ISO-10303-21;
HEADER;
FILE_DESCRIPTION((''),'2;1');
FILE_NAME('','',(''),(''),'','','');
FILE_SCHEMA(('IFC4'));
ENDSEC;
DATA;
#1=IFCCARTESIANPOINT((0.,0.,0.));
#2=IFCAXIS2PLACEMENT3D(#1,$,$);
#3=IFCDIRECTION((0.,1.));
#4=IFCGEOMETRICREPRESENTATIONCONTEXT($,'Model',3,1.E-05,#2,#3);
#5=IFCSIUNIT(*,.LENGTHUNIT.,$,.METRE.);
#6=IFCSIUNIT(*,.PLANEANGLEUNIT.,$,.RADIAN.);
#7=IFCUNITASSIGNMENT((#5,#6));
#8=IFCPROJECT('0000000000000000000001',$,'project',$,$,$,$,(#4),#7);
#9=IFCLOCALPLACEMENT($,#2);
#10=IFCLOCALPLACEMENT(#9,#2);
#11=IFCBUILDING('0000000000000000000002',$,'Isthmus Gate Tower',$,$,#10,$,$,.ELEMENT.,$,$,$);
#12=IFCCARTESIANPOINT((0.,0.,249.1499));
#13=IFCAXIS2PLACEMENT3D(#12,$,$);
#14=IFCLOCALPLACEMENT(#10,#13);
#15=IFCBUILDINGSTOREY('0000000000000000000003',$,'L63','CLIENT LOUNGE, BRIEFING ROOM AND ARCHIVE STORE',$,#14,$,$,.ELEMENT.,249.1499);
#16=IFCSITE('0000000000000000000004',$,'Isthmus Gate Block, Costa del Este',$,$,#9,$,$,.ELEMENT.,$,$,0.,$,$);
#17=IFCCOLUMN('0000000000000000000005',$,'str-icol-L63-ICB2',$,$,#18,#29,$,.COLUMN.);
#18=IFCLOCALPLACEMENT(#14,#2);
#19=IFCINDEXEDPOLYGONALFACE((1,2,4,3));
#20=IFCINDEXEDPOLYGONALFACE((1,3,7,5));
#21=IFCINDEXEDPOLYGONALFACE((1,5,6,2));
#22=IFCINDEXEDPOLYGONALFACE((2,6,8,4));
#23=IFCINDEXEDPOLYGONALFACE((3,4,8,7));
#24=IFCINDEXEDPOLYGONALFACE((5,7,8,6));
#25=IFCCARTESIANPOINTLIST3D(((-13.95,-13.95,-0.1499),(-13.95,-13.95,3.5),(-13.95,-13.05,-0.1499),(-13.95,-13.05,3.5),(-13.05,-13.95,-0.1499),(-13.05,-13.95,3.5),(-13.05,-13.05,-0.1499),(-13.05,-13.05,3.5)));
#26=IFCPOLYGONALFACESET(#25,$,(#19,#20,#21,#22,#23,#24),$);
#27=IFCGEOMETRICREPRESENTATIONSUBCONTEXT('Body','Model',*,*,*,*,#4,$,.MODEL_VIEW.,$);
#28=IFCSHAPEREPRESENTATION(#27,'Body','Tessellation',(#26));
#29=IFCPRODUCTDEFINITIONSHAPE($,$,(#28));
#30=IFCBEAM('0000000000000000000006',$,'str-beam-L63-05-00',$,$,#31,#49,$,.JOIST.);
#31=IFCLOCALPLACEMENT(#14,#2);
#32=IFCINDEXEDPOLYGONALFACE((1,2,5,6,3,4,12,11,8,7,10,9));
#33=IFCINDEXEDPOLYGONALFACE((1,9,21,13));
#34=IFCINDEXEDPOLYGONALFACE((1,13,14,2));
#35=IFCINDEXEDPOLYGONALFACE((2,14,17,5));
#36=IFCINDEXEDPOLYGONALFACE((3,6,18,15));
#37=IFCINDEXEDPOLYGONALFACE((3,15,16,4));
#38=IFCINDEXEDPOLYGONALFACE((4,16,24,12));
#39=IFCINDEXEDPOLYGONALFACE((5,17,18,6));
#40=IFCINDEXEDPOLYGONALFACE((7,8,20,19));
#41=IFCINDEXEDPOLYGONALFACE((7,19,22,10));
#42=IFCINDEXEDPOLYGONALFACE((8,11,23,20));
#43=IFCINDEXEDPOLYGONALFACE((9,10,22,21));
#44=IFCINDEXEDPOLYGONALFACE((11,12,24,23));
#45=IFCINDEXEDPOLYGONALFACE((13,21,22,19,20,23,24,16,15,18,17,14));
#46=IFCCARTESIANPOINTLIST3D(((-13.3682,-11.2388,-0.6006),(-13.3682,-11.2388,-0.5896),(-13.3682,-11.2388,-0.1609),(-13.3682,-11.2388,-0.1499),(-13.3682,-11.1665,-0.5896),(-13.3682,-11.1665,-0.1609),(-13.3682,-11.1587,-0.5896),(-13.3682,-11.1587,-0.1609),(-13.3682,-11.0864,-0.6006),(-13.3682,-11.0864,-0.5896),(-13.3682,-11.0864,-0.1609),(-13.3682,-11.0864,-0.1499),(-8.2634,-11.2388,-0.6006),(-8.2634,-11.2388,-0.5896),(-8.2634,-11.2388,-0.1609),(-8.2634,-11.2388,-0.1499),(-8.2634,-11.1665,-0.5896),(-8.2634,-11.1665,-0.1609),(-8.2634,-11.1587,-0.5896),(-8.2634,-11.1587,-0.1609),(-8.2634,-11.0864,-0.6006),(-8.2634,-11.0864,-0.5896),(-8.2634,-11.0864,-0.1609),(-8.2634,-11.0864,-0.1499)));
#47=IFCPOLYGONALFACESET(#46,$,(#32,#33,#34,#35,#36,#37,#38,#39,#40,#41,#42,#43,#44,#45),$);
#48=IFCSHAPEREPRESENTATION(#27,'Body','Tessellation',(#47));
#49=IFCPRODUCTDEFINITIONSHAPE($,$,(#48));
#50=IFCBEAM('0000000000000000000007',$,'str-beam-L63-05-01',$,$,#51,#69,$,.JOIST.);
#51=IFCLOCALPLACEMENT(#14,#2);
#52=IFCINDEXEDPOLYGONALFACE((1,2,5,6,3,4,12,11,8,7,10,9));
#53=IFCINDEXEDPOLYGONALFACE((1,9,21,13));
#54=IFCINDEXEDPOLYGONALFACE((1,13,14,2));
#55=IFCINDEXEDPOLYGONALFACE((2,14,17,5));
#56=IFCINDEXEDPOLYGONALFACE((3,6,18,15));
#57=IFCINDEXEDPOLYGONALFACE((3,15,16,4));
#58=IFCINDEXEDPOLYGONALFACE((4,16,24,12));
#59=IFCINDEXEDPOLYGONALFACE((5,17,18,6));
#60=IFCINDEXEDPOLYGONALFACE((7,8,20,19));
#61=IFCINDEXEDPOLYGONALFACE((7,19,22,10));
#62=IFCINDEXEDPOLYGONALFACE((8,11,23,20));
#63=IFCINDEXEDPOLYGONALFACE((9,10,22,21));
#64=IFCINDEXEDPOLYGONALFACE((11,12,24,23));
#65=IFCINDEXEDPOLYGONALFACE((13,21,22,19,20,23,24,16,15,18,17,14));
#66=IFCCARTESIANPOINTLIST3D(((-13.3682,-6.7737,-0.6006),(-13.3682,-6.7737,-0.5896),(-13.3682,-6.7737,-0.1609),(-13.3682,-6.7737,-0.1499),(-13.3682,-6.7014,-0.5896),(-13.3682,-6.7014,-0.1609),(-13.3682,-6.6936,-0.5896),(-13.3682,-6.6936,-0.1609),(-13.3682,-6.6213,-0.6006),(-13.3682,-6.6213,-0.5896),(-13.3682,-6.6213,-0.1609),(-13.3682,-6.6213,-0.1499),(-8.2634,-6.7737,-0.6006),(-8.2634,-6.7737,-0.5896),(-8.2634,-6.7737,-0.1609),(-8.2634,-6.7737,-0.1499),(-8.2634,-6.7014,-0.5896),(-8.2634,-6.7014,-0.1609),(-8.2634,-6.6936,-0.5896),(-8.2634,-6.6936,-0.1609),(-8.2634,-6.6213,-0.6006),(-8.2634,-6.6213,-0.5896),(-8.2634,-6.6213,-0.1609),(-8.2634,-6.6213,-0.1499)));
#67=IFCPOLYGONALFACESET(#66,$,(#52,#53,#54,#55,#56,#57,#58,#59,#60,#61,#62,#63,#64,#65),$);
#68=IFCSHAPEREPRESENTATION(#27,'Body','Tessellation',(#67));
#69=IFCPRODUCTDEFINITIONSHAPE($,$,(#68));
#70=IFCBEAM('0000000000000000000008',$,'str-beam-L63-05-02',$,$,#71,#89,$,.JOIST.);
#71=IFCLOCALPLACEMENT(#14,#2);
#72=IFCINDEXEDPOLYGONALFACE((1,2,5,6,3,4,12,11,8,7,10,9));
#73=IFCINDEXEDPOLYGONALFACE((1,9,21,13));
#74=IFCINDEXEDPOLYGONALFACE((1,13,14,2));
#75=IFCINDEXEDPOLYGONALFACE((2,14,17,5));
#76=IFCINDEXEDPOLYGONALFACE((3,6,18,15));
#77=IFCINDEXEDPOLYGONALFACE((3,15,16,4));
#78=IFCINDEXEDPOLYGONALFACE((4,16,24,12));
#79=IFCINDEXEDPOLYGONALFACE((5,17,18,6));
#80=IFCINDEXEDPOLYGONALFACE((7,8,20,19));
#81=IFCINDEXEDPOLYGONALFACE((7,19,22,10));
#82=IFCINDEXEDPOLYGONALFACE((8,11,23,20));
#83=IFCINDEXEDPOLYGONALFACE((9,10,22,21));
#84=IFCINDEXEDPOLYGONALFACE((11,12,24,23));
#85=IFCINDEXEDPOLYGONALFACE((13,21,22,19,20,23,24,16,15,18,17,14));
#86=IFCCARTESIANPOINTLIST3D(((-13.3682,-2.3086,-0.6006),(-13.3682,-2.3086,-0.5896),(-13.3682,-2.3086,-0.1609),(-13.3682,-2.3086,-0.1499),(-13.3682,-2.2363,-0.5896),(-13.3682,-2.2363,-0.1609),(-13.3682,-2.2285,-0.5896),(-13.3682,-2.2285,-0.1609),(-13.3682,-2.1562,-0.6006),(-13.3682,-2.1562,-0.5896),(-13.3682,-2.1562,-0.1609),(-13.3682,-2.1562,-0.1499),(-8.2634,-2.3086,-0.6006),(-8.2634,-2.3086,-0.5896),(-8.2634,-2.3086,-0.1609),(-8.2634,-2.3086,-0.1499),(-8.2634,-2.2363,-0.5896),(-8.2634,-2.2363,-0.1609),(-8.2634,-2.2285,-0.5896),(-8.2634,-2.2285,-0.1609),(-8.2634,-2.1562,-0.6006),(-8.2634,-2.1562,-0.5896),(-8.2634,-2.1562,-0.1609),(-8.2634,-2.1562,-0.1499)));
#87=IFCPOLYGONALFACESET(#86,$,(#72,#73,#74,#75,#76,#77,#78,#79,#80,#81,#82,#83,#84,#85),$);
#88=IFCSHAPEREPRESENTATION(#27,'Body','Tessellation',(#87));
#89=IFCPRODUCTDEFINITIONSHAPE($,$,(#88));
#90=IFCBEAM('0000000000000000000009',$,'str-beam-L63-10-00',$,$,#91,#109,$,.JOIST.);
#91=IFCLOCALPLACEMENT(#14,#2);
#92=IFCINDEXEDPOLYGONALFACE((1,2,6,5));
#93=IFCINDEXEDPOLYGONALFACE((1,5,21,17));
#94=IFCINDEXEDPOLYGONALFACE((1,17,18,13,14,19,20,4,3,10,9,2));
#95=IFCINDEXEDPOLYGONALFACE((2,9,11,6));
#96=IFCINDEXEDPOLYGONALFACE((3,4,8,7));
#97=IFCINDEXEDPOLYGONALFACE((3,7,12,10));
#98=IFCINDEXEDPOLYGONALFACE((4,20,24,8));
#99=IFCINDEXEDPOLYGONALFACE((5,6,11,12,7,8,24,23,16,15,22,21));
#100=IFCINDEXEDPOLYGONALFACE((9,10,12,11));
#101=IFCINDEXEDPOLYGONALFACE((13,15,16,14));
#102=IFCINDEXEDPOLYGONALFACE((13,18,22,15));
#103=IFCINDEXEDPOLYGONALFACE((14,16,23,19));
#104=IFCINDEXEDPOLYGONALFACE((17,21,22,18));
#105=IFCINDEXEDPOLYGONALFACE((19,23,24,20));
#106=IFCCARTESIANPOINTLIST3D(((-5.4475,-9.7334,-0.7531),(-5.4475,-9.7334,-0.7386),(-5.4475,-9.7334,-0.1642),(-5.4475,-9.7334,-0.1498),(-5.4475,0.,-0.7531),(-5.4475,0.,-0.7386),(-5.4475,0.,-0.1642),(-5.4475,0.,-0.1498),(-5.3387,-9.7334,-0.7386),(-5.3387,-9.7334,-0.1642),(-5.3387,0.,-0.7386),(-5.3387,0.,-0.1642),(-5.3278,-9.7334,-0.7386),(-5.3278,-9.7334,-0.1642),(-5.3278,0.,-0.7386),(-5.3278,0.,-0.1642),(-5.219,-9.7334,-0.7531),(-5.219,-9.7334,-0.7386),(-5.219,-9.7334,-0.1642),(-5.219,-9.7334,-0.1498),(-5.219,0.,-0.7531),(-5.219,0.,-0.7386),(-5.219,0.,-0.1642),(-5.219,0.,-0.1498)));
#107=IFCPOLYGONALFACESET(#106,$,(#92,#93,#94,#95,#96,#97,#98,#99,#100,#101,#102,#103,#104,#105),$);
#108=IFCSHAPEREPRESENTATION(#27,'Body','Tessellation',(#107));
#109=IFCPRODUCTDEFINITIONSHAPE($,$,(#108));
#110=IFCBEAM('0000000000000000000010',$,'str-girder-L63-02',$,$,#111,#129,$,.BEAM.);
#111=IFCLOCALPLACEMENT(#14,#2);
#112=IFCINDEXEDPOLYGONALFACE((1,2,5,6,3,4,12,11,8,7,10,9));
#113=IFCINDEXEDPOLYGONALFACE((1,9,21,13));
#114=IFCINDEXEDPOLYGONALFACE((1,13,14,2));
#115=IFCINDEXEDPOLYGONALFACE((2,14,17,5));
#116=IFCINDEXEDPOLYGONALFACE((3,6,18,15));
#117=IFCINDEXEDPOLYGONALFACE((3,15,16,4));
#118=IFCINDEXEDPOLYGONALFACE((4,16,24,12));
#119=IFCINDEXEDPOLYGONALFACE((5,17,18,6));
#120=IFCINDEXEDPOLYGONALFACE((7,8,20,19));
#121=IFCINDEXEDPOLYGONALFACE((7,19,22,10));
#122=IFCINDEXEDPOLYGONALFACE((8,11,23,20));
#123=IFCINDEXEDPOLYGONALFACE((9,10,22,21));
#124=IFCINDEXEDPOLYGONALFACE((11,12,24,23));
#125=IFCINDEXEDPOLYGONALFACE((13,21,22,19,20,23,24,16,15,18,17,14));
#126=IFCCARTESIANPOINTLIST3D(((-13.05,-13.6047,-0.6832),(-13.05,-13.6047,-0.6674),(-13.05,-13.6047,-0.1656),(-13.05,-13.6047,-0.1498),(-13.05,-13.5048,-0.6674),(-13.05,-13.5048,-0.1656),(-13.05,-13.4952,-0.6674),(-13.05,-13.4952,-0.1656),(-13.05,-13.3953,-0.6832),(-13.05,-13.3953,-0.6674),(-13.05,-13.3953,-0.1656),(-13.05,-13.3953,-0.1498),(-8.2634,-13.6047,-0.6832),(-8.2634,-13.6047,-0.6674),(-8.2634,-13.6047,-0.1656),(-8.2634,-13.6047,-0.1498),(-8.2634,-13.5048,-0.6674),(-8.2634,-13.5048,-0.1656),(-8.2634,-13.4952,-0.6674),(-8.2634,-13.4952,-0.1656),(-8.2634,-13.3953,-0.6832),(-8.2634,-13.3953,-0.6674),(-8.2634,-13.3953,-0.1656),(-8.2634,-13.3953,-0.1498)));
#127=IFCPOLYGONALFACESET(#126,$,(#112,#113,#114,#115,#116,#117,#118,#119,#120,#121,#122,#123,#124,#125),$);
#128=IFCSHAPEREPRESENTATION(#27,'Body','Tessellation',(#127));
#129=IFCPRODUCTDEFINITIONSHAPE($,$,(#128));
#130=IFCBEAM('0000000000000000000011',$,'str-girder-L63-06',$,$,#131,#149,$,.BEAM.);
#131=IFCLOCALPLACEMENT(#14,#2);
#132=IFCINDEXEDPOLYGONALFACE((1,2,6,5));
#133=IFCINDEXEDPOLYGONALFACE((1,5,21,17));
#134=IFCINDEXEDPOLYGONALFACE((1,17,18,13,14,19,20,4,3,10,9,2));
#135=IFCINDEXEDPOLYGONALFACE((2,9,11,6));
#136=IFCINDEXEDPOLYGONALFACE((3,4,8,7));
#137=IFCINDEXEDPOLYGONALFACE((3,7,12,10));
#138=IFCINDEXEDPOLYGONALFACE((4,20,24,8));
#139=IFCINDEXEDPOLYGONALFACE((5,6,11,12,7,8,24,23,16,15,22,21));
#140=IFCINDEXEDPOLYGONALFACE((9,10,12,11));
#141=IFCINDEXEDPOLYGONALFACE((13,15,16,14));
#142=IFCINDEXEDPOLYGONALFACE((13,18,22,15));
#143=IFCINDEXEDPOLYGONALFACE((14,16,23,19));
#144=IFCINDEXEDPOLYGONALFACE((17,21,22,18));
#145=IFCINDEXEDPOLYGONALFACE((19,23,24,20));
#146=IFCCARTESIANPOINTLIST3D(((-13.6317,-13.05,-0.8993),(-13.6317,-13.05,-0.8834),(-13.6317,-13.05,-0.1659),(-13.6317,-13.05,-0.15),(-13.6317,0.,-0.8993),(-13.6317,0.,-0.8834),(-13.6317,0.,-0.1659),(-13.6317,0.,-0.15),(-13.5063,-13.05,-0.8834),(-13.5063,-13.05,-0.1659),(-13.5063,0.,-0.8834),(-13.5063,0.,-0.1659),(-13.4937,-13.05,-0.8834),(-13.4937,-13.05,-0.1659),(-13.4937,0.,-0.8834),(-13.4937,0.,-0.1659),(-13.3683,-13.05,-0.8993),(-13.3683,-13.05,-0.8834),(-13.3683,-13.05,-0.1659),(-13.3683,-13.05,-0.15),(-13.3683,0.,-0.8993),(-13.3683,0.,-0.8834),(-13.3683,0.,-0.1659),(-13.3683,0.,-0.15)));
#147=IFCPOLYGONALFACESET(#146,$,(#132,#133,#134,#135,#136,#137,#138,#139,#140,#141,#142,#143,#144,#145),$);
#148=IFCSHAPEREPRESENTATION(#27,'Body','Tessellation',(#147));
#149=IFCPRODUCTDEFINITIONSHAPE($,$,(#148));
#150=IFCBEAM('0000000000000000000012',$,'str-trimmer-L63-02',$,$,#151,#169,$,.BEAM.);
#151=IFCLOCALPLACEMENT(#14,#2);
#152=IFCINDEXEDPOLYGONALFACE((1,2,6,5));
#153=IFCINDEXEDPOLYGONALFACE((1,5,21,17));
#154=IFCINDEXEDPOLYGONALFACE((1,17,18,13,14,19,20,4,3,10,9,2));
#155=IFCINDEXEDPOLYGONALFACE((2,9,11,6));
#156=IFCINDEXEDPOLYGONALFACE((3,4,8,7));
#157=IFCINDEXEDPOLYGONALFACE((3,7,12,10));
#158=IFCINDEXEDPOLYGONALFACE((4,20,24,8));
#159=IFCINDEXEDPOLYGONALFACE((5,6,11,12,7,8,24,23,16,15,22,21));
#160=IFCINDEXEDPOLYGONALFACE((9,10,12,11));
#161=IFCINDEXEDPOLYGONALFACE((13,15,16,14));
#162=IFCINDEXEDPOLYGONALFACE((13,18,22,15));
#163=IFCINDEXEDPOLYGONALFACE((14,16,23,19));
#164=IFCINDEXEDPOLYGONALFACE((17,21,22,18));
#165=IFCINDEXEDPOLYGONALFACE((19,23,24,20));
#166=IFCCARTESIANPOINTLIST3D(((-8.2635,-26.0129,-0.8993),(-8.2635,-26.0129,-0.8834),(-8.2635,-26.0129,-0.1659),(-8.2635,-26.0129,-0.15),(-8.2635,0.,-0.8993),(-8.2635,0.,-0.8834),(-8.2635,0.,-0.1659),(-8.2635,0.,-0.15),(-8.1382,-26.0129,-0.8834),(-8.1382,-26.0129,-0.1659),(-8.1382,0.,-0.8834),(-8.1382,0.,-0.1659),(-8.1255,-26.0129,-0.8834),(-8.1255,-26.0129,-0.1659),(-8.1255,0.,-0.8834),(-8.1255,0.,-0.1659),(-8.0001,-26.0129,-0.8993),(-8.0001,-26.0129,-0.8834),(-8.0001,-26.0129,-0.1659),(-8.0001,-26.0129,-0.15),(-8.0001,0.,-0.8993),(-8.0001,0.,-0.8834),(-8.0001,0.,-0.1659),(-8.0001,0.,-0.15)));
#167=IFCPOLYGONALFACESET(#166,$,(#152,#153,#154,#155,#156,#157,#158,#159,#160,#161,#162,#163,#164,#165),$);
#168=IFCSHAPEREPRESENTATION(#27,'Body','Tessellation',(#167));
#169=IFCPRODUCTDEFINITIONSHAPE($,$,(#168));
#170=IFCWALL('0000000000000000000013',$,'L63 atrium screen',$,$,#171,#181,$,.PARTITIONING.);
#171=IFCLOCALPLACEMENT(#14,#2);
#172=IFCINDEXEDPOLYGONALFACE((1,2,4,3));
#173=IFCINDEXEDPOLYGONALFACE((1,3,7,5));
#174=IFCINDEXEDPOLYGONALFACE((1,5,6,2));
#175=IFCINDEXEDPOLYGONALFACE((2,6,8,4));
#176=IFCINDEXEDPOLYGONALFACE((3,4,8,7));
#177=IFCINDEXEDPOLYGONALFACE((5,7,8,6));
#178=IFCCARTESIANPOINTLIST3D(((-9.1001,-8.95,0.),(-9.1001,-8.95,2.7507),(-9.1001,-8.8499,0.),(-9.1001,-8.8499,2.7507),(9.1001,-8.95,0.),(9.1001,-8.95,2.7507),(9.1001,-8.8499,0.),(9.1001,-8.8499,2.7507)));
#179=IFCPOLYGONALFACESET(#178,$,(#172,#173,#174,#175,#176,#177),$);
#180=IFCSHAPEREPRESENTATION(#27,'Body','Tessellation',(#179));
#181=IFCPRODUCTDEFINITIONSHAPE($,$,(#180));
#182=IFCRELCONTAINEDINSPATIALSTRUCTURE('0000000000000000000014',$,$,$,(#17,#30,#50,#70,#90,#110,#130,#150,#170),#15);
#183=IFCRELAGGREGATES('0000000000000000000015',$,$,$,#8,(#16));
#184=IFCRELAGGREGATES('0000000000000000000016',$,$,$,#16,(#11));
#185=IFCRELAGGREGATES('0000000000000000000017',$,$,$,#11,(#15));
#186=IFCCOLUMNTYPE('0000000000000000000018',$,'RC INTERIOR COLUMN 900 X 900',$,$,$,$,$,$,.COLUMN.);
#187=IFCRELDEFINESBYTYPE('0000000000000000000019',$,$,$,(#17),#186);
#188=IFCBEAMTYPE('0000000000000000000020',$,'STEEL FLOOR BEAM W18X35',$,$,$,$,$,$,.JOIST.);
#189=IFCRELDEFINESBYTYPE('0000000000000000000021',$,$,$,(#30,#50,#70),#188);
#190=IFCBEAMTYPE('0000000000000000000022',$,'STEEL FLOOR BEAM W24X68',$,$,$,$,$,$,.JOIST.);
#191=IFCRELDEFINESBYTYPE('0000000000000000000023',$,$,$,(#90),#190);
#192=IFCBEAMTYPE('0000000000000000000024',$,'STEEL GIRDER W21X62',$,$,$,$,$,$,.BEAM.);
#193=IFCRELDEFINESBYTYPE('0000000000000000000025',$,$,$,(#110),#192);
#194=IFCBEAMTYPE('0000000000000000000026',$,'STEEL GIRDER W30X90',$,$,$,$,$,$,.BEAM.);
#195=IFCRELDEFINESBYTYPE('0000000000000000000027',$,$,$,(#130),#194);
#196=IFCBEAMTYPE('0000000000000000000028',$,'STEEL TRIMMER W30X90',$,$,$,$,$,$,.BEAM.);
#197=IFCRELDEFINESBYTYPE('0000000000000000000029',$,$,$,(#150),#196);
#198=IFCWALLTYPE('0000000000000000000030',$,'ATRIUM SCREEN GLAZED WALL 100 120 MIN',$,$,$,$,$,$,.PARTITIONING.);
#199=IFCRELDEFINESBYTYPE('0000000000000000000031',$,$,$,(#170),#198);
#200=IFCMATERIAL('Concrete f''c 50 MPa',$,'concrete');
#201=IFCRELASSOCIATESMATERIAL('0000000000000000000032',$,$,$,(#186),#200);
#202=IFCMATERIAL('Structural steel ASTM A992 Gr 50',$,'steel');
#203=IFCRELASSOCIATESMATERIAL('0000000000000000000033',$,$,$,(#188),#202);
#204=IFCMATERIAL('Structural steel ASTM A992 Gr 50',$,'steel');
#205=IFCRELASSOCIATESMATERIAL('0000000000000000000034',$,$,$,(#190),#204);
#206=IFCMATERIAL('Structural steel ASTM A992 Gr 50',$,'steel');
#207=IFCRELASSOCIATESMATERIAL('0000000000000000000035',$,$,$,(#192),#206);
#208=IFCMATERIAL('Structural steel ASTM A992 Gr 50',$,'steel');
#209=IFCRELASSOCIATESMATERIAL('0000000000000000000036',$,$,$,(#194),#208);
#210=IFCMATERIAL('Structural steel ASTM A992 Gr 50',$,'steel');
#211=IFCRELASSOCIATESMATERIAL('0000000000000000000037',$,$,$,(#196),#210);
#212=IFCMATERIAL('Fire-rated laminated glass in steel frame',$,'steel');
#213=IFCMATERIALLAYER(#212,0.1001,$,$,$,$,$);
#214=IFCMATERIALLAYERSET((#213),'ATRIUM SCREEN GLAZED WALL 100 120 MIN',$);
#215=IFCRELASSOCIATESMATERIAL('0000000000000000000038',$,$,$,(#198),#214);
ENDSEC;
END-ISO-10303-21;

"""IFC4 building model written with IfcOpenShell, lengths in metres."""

from ifc_helpers import new_model, si_unit, direction, frame, frame_2d, origin, origin_2d, place, context, subcontext, project, spatial, rectangle, i_section, extrude, material, layer, layer_set, material_profile, profile_set, type_object, element, save


model = new_model("IFC4")

# Units and contexts
model_context = context("Model", 3, precision=1e-05, world=origin(), true_north=direction((0.0, 1.0)))
body_context = subcontext(model_context, "Body", "Model", "MODEL_VIEW")
ifc_project = project(units=[si_unit("LENGTHUNIT", "METRE"), si_unit("PLANEANGLEUNIT", "RADIAN")], contexts=[model_context])

# Site, building, storey
site_placement = place(None, origin())
site = spatial("IfcSite", under=ifc_project, at=site_placement, Name="Isthmus Gate Block, Costa del Este", CompositionType="ELEMENT", RefElevation=0.0)
building_placement = place(site_placement, origin())
building = spatial("IfcBuilding", under=site, at=building_placement, Name="Isthmus Gate Tower", CompositionType="ELEMENT")
storey_placement = place(building_placement, frame((0.0, 0.0, 249.1499)))
storey = spatial("IfcBuildingStorey", under=building, at=storey_placement, Name="L63", Description="CLIENT LOUNGE, BRIEFING ROOM AND ARCHIVE STORE", CompositionType="ELEMENT", Elevation=249.1499)

# Column
ifc_material_1 = material(Name="Concrete f'c 50 MPa", Category="concrete")
ifc_material_profile_1 = material_profile(ifc_material_1, rectangle(XDim=0.8999, YDim=0.8999, at=origin_2d()), Name="RC 900X900")
ifc_profile_set_1 = profile_set([ifc_material_profile_1], Name="Concrete f'c 50 MPa")
column_type = type_object("IfcColumnType", Name="RC INTERIOR COLUMN 900 X 900", PredefinedType="COLUMN", material=ifc_profile_set_1)
column_placement = place(storey_placement, frame((-13.5, -13.5, -0.1499), z_axis=(0.0, 0.0, 1.0), x_axis=(1.0, 0.0, 0.0)))
element("IfcColumn", 1, at=column_placement, inside=storey, type_object=column_type, Name="str-icol-L63-ICB2", PredefinedType="COLUMN", context=body_context, shape_type="SweptSolid", body=[
    extrude(rectangle(XDim=0.8999, YDim=0.8999, at=origin_2d()), origin(), (0.0, 0.0, 1.0), 3.6499),
])

# Beams
ifc_material_2 = material(Name="Structural steel ASTM A992 Gr 50", Category="steel")
ifc_material_profile_2 = material_profile(ifc_material_2, i_section(OverallWidth=0.1523, OverallDepth=0.4507, WebThickness=0.0078, FlangeThickness=0.011, at=origin_2d()), Name="W18X35")
ifc_profile_set_2 = profile_set([ifc_material_profile_2], Name="Structural steel ASTM A992 Gr 50")
beam_type_1 = type_object("IfcBeamType", Name="STEEL FLOOR BEAM W18X35", PredefinedType="JOIST", material=ifc_profile_set_2)
for number, where, z_axis, x_axis, name in (
    (2, (-13.3682, -11.1626, -0.3752), (1.0, 0.0, 0.0), (0.0, 1.0, 0.0), "str-beam-L63-05-00"),
    (3, (-13.3682, -6.6975, -0.3752), (1.0, 0.0, 0.0), (0.0, 1.0, 0.0), "str-beam-L63-05-01"),
    (4, (-13.3682, -2.2324, -0.3752), (1.0, 0.0, 0.0), (0.0, 1.0, 0.0), "str-beam-L63-05-02"),
):
    element("IfcBeam", number, at=place(storey_placement, frame(where, z_axis=z_axis, x_axis=x_axis)), inside=storey, type_object=beam_type_1, Name=name, PredefinedType="JOIST", context=body_context, shape_type="SweptSolid", body=[
        extrude(i_section(OverallWidth=0.1523, OverallDepth=0.4507, WebThickness=0.0078, FlangeThickness=0.011, at=origin_2d()), origin(), (0.0, 0.0, 1.0), 5.1047),
    ])
ifc_material_3 = material(Name="Structural steel ASTM A992 Gr 50", Category="steel")
ifc_material_profile_3 = material_profile(ifc_material_3, i_section(OverallWidth=0.2285, OverallDepth=0.6033, WebThickness=0.011, FlangeThickness=0.0144, at=origin_2d()), Name="W24X68")
ifc_profile_set_3 = profile_set([ifc_material_profile_3], Name="Structural steel ASTM A992 Gr 50")
beam_type_2 = type_object("IfcBeamType", Name="STEEL FLOOR BEAM W24X68", PredefinedType="JOIST", material=ifc_profile_set_3)
beam_1_placement = place(storey_placement, frame((-5.3333, -9.7334, -0.4514), z_axis=(0.0, 1.0, 0.0), x_axis=(-1.0, 0.0, 0.0)))
element("IfcBeam", 5, at=beam_1_placement, inside=storey, type_object=beam_type_2, Name="str-beam-L63-10-00", PredefinedType="JOIST", context=body_context, shape_type="SweptSolid", body=[
    extrude(i_section(OverallWidth=0.2285, OverallDepth=0.6033, WebThickness=0.011, FlangeThickness=0.0144, at=origin_2d()), origin(), (0.0, 0.0, 1.0), 9.7334),
])
ifc_material_4 = material(Name="Structural steel ASTM A992 Gr 50", Category="steel")
ifc_material_profile_4 = material_profile(ifc_material_4, i_section(OverallWidth=0.2095, OverallDepth=0.5334, WebThickness=0.0095, FlangeThickness=0.0159, at=origin_2d()), Name="W21X62")
ifc_profile_set_4 = profile_set([ifc_material_profile_4], Name="Structural steel ASTM A992 Gr 50")
beam_type_3 = type_object("IfcBeamType", Name="STEEL GIRDER W21X62", PredefinedType="BEAM", material=ifc_profile_set_4)
beam_2_placement = place(storey_placement, frame((-13.05, -13.5, -0.4165), z_axis=(1.0, 0.0, 0.0), x_axis=(0.0, 1.0, 0.0)))
element("IfcBeam", 6, at=beam_2_placement, inside=storey, type_object=beam_type_3, Name="str-girder-L63-02", PredefinedType="BEAM", context=body_context, shape_type="SweptSolid", body=[
    extrude(i_section(OverallWidth=0.2095, OverallDepth=0.5334, WebThickness=0.0095, FlangeThickness=0.0159, at=origin_2d()), origin(), (0.0, 0.0, 1.0), 4.7866),
])
ifc_material_5 = material(Name="Structural steel ASTM A992 Gr 50", Category="steel")
ifc_material_profile_5 = material_profile(ifc_material_5, i_section(OverallWidth=0.2634, OverallDepth=0.7493, WebThickness=0.0127, FlangeThickness=0.0159, at=origin_2d()), Name="W30X90")
ifc_profile_set_5 = profile_set([ifc_material_profile_5], Name="Structural steel ASTM A992 Gr 50")
beam_type_4 = type_object("IfcBeamType", Name="STEEL GIRDER W30X90", PredefinedType="BEAM", material=ifc_profile_set_5)
beam_3_placement = place(storey_placement, frame((-13.5, -13.05, -0.5247), z_axis=(0.0, 1.0, 0.0), x_axis=(-1.0, 0.0, 0.0)))
element("IfcBeam", 7, at=beam_3_placement, inside=storey, type_object=beam_type_4, Name="str-girder-L63-06", PredefinedType="BEAM", context=body_context, shape_type="SweptSolid", body=[
    extrude(i_section(OverallWidth=0.2634, OverallDepth=0.7493, WebThickness=0.0127, FlangeThickness=0.0159, at=origin_2d()), origin(), (0.0, 0.0, 1.0), 13.05),
])
ifc_material_6 = material(Name="Structural steel ASTM A992 Gr 50", Category="steel")
ifc_material_profile_6 = material_profile(ifc_material_6, i_section(OverallWidth=0.2634, OverallDepth=0.7493, WebThickness=0.0127, FlangeThickness=0.0159, at=origin_2d()), Name="W30X90")
ifc_profile_set_6 = profile_set([ifc_material_profile_6], Name="Structural steel ASTM A992 Gr 50")
beam_type_5 = type_object("IfcBeamType", Name="STEEL TRIMMER W30X90", PredefinedType="BEAM", material=ifc_profile_set_6)
beam_4_placement = place(storey_placement, frame((-8.1318, 0.0, -0.5247), z_axis=(0.0, -1.0, 0.0), x_axis=(1.0, 0.0, 0.0)))
element("IfcBeam", 8, at=beam_4_placement, inside=storey, type_object=beam_type_5, Name="str-trimmer-L63-02", PredefinedType="BEAM", context=body_context, shape_type="SweptSolid", body=[
    extrude(i_section(OverallWidth=0.2634, OverallDepth=0.7493, WebThickness=0.0127, FlangeThickness=0.0159, at=origin_2d()), origin(), (0.0, 0.0, 1.0), 26.0129),
])

# Wall
ifc_material_7 = material(Name="Fire-rated laminated glass in steel frame", Category="steel")
ifc_layer_1 = layer(ifc_material_7, 0.1001)
ifc_layer_set_1 = layer_set([ifc_layer_1], Name="ATRIUM SCREEN GLAZED WALL 100 120 MIN")
wall_type_1 = type_object("IfcWallType", Name="ATRIUM SCREEN GLAZED WALL 100 120 MIN", PredefinedType="PARTITIONING", material=ifc_layer_set_1)
wall_1_placement = place(storey_placement, frame((-9.1001, -8.8999, 0.0), z_axis=(0.0, 0.0, 1.0), x_axis=(1.0, 0.0, 0.0)))
element("IfcWall", 9, at=wall_1_placement, inside=storey, type_object=wall_type_1, Name="L63 atrium screen", PredefinedType="PARTITIONING", context=body_context, shape_type="SweptSolid", body=[
    extrude(rectangle(XDim=18.2002, YDim=0.1001, at=frame_2d((9.1001, 0.0))), origin(), (0.0, 0.0, 1.0), 2.7507),
])

save(model, "model.ifc")
